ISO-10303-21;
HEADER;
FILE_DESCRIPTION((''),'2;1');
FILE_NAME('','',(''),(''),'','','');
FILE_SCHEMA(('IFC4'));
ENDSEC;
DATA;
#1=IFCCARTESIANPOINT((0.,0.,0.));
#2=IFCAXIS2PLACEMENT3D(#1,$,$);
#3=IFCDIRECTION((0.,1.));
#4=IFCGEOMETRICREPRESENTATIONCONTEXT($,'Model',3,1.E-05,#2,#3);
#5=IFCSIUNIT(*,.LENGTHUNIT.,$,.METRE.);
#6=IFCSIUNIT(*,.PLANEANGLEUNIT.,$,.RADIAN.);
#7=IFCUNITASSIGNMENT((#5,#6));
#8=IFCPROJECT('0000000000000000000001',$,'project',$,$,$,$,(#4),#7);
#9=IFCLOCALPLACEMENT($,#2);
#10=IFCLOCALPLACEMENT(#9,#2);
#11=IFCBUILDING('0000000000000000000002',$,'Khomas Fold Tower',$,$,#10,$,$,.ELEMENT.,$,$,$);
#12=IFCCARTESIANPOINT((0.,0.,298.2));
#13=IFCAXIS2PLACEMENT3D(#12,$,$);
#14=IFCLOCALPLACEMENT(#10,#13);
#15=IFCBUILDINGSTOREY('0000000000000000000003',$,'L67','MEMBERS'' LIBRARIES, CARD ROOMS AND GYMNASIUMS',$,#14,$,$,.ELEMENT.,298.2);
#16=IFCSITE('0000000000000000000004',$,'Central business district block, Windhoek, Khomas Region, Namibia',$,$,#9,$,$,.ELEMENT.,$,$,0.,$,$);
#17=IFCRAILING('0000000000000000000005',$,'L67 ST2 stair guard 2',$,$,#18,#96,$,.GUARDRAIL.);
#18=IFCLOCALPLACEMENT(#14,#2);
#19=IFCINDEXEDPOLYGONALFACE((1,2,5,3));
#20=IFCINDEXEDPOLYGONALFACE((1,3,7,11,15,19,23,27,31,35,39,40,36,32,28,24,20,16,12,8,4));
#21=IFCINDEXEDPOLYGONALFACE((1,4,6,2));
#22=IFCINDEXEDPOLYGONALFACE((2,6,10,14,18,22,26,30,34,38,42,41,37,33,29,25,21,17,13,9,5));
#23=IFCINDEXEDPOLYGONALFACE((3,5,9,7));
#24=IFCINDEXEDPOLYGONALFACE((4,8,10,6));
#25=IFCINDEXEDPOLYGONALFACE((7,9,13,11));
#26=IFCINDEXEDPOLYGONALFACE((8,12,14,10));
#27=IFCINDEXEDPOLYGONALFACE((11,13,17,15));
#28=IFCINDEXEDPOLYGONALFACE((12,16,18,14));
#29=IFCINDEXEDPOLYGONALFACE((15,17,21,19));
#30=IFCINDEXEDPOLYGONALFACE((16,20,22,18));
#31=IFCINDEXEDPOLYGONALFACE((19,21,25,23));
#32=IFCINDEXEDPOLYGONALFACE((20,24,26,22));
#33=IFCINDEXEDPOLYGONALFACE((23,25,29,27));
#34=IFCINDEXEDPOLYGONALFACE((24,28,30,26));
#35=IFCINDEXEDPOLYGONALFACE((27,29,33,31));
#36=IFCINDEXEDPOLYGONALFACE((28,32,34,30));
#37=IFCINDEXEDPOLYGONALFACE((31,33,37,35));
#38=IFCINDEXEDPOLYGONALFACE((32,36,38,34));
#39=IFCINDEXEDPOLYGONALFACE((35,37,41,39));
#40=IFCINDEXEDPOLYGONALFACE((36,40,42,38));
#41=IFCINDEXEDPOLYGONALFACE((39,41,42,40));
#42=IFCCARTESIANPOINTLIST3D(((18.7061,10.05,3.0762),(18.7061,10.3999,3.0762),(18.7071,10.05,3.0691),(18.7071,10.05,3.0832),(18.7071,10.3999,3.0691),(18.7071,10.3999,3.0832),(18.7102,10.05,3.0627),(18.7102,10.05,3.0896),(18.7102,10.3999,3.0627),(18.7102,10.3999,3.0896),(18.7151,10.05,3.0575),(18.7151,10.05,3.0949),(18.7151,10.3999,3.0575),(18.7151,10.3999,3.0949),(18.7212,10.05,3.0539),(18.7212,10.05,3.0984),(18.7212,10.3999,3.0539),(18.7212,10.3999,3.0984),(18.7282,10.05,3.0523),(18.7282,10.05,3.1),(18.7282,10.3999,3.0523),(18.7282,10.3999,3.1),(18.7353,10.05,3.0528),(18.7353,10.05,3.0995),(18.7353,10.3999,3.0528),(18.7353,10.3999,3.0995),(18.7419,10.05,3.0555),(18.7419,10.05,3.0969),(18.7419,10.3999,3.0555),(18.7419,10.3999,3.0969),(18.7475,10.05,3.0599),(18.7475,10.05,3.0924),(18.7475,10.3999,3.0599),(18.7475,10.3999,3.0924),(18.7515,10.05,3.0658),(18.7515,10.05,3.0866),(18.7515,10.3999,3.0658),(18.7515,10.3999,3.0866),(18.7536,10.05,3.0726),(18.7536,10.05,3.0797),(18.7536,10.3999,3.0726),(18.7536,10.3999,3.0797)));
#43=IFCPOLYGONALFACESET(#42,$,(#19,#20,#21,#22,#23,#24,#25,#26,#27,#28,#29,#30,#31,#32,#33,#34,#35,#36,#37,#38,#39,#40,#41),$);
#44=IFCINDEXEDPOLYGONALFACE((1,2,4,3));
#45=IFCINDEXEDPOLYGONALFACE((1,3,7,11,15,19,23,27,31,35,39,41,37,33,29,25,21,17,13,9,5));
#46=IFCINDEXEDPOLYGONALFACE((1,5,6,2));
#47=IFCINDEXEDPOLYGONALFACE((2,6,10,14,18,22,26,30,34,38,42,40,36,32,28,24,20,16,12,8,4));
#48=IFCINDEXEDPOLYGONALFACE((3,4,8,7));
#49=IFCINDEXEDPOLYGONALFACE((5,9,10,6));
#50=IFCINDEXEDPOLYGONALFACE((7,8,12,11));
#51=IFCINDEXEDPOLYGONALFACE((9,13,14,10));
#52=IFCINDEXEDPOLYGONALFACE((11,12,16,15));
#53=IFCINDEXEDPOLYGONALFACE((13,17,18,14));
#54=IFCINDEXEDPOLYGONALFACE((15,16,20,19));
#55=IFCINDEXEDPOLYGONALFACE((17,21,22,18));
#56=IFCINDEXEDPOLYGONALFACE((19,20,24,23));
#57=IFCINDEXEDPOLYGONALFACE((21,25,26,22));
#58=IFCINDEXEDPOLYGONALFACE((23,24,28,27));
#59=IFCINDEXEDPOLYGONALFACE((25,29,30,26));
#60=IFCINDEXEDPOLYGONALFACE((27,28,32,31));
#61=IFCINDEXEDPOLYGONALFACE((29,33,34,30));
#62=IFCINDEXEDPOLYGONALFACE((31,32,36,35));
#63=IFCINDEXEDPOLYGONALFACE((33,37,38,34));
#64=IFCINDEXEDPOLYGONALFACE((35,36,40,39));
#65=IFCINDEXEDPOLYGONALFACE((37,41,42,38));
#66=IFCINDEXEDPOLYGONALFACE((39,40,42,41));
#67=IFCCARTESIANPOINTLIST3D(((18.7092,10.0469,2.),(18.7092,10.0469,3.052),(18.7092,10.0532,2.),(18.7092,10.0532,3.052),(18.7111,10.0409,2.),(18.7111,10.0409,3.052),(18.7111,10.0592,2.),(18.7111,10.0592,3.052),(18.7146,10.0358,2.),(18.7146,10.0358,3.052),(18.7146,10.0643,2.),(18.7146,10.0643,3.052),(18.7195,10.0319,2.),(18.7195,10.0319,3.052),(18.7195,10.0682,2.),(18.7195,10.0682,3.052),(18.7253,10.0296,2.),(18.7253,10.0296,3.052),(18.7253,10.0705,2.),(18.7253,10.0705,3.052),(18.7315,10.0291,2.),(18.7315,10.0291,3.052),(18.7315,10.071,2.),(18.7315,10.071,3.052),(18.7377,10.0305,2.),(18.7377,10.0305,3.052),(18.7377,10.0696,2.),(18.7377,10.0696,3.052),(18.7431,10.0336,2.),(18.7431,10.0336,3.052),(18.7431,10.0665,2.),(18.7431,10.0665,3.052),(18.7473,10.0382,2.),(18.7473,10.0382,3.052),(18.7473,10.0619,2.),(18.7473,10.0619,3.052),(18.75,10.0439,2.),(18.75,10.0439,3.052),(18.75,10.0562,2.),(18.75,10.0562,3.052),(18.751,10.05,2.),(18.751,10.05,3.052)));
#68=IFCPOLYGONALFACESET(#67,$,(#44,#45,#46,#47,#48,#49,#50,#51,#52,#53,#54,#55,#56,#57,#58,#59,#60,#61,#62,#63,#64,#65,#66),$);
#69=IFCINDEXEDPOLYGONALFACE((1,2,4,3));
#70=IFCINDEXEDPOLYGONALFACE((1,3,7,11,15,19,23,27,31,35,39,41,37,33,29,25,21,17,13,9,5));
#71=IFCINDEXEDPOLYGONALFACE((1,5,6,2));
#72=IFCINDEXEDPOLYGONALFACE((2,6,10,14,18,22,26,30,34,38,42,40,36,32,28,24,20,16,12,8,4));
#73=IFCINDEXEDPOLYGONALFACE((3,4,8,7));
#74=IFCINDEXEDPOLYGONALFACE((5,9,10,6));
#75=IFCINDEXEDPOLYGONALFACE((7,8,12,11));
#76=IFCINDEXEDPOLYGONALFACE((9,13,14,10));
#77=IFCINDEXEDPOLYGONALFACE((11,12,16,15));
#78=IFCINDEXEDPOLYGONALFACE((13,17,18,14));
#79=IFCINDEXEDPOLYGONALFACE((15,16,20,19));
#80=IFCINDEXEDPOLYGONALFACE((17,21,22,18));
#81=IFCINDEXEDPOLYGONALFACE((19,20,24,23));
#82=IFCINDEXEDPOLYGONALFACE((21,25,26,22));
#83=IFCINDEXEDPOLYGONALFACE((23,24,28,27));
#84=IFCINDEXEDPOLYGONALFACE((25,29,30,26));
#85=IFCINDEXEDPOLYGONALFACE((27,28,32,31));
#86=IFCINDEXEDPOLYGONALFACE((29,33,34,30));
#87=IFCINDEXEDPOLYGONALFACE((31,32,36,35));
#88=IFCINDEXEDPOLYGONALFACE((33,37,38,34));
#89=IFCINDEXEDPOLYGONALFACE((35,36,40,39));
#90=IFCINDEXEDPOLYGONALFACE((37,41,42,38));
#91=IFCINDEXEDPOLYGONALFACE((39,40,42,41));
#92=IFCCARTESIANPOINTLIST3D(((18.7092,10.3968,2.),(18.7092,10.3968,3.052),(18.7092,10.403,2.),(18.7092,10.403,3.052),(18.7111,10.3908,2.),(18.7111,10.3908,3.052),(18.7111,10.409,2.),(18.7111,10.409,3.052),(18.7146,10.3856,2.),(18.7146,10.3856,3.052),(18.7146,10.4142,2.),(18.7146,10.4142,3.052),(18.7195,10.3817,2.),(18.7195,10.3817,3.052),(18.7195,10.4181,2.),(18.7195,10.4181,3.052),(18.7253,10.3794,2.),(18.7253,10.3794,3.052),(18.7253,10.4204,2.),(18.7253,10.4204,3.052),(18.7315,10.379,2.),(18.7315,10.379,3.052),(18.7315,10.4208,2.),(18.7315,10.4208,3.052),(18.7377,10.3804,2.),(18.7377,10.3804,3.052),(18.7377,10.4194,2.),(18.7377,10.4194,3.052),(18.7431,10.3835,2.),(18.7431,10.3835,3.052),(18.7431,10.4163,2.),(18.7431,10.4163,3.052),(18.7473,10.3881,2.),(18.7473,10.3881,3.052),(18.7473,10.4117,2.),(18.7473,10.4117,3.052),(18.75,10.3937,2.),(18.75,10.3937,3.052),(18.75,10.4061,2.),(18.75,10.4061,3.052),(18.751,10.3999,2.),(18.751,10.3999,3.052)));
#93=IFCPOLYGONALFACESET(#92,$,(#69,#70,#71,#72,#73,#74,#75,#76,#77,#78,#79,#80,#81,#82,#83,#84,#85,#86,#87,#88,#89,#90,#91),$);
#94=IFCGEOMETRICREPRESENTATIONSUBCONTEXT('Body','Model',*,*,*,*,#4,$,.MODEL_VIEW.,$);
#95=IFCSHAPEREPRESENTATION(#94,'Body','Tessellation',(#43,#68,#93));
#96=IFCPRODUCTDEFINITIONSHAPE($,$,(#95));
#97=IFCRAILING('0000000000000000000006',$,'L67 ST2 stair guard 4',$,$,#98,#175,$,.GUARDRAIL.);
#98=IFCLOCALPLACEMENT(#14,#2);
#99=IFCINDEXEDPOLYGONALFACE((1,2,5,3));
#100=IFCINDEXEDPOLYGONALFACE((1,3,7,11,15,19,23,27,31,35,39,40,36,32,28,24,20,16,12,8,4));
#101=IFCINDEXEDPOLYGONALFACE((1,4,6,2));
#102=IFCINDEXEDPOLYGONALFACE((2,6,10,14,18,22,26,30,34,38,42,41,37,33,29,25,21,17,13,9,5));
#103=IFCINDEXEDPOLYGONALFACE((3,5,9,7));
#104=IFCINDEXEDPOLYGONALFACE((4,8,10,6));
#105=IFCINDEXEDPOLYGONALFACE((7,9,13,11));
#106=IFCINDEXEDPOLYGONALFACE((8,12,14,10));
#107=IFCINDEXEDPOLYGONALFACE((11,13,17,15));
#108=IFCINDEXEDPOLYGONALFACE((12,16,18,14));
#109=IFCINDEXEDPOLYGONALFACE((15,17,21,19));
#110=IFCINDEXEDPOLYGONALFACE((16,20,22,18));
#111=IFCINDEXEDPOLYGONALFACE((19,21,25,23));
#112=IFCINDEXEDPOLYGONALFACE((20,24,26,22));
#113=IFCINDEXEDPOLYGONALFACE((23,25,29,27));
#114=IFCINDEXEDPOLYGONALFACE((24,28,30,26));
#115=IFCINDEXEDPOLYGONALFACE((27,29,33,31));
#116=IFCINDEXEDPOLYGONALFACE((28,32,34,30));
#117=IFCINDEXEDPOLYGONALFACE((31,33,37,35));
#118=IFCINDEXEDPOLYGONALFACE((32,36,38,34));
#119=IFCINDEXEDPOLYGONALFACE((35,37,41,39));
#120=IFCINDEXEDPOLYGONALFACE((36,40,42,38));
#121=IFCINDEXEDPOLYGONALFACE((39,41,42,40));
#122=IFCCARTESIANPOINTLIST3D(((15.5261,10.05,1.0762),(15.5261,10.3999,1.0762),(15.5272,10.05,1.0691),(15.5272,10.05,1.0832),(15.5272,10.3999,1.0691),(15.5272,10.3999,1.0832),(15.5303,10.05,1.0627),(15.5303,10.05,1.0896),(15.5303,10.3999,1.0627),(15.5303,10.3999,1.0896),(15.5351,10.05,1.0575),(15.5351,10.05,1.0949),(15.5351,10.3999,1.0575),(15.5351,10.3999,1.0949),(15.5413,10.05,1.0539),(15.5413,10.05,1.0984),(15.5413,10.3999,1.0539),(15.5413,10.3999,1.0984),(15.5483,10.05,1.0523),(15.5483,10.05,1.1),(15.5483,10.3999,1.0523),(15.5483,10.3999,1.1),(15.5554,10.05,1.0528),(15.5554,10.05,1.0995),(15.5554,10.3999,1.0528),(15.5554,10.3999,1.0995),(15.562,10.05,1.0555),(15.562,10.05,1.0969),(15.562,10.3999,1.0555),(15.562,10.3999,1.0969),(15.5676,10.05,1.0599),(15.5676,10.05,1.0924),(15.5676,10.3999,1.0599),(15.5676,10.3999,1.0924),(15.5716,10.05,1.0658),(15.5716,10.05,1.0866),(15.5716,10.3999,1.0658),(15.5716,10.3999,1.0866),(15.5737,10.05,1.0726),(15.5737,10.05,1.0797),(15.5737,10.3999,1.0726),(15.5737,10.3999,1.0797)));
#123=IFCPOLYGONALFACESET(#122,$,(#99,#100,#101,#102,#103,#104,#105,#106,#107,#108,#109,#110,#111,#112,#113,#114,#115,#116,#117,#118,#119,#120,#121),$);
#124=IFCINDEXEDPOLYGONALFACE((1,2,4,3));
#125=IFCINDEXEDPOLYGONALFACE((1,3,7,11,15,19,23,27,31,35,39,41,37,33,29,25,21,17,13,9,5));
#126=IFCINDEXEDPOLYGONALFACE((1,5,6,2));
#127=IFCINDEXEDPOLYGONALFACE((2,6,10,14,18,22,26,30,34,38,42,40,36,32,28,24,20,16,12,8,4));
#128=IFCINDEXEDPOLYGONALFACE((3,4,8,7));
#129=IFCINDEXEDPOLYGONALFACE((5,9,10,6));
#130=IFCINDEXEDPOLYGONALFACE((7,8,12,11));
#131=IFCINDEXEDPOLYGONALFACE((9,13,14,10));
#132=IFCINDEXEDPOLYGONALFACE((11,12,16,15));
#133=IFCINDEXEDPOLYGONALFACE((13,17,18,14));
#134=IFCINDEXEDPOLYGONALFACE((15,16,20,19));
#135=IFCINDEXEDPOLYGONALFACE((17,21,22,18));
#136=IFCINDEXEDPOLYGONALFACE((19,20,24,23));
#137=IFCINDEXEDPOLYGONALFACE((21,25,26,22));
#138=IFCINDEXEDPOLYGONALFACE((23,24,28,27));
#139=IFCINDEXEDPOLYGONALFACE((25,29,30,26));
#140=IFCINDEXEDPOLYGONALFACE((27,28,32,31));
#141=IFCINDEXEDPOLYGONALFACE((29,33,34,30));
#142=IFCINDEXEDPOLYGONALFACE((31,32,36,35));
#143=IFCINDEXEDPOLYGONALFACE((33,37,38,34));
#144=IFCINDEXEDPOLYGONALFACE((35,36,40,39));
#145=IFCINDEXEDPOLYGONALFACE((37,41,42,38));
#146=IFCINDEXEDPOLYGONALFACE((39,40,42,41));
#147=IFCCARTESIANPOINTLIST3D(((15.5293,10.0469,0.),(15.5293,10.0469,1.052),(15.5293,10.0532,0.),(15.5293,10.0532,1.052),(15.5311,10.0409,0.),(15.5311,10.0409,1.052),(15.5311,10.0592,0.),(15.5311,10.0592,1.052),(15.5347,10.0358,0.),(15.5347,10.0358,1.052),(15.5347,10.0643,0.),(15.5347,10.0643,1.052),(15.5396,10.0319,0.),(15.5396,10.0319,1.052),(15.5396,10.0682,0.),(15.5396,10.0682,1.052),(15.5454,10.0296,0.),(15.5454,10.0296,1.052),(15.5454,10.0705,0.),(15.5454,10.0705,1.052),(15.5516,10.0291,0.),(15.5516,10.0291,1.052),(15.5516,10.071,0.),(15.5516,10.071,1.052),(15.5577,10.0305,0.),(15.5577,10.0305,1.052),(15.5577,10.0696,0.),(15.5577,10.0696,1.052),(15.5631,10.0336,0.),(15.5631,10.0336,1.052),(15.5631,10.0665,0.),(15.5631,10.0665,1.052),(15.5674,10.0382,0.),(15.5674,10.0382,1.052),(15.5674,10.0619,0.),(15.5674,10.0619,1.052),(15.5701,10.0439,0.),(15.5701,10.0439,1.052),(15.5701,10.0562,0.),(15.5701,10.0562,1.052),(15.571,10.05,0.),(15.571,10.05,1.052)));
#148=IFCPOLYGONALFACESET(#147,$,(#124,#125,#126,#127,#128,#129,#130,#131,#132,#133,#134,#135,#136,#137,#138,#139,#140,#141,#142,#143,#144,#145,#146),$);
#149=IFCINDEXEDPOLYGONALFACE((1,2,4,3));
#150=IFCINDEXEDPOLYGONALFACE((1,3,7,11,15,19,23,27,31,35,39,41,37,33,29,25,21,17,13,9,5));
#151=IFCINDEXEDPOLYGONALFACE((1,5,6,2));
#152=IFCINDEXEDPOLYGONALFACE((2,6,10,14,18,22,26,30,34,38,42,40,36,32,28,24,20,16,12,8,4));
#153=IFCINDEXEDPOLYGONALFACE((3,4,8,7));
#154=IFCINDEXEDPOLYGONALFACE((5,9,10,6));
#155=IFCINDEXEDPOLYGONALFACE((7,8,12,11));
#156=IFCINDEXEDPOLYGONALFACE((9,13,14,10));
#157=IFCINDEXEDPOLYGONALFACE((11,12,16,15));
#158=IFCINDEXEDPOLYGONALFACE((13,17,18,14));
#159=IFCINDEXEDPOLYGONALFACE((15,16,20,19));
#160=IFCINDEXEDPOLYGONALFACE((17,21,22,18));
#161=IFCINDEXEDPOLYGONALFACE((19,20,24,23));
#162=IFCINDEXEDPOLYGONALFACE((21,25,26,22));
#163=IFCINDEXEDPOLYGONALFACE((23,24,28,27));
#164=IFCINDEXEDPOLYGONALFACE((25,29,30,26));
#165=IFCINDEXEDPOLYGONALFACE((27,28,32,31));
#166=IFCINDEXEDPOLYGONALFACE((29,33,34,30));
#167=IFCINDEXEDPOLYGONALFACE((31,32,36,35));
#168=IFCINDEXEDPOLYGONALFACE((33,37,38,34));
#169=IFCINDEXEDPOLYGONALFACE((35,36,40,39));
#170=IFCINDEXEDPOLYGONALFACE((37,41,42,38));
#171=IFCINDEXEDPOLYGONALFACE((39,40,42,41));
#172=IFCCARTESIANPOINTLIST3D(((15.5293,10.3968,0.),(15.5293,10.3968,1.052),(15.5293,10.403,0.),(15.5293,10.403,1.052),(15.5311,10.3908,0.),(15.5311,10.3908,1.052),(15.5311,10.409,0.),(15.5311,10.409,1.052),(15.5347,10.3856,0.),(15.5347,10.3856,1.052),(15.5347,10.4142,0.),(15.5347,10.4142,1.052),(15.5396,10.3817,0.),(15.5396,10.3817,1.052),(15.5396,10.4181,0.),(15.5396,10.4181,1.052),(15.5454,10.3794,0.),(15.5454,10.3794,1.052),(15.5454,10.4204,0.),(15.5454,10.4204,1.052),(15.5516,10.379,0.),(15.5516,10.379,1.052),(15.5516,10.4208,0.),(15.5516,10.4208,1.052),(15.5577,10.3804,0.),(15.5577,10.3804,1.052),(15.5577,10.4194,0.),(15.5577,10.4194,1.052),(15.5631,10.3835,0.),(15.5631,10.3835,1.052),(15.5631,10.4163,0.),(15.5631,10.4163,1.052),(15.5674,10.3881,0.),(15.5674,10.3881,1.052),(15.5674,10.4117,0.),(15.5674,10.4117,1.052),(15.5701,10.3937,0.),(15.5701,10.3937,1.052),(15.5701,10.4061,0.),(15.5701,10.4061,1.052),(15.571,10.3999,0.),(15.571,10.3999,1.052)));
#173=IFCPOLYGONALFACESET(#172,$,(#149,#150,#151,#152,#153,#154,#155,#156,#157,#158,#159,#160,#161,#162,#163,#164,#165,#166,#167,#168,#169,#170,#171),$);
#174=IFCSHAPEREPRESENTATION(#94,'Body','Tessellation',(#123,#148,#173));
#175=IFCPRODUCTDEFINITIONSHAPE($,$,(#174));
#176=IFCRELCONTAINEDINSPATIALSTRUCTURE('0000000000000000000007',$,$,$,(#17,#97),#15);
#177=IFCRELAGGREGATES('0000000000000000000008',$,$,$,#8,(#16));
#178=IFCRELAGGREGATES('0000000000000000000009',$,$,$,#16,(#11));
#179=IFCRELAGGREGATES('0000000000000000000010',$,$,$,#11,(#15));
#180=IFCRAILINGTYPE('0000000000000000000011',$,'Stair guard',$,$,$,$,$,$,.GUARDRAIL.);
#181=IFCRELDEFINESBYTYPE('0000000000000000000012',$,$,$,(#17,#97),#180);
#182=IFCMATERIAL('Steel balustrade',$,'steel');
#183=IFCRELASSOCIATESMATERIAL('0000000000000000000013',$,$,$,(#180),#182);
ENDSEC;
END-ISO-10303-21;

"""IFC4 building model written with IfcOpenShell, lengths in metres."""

from ifc_helpers import new_model, si_unit, direction, frame, origin, origin_2d, place, context, subcontext, project, spatial, circle, extrude, source, transform, mapped, material, type_object, element, save


model = new_model("IFC4")

# Units and contexts
model_context = context("Model", 3, precision=1e-05, world=origin(), true_north=direction((0.0, 1.0)))
body_context = subcontext(model_context, "Body", "Model", "MODEL_VIEW")
ifc_project = project(units=[si_unit("LENGTHUNIT", "METRE"), si_unit("PLANEANGLEUNIT", "RADIAN")], contexts=[model_context])

# Site, building, storey
site_placement = place(None, origin())
site = spatial("IfcSite", under=ifc_project, at=site_placement, Name="Central business district block, Windhoek, Khomas Region, Namibia", CompositionType="ELEMENT", RefElevation=0.0)
building_placement = place(site_placement, origin())
building = spatial("IfcBuilding", under=site, at=building_placement, Name="Khomas Fold Tower", CompositionType="ELEMENT")
storey_placement = place(building_placement, frame((0.0, 0.0, 298.2)))
storey = spatial("IfcBuildingStorey", under=building, at=storey_placement, Name="L67", Description="MEMBERS' LIBRARIES, CARD ROOMS AND GYMNASIUMS", CompositionType="ELEMENT", Elevation=298.2)

# Railings
ifc_material_1 = material(Name="Steel balustrade", Category="steel")
railing_type_1 = type_object("IfcRailingType", Name="Stair guard", PredefinedType="GUARDRAIL", material=ifc_material_1)
shared_shape_1 = source(origin(), body_context, "Body", "SweptSolid", [
    extrude(circle(Radius=0.0239, at=origin_2d()), frame((0.0, 0.0, 1.0762), z_axis=(0.0, 1.0, 0.0), x_axis=(-1.0, 0.0, 0.0)), (0.0, 0.0, 1.0), 0.3499),
    extrude(circle(Radius=0.021, at=origin_2d()), origin(), (0.0, 0.0, 1.0), 1.052),
    extrude(circle(Radius=0.021, at=origin_2d()), frame((0.0, 0.3499, 0.0)), (0.0, 0.0, 1.0), 1.052),
])
for number, where, name in (
    (1, (18.73, 10.05, 2.0), "L67 ST2 stair guard 2"),
    (2, (15.55, 10.05, 0.0), "L67 ST2 stair guard 4"),
):
    element("IfcRailing", number, at=place(storey_placement, frame(where)), inside=storey, type_object=railing_type_1, Name=name, PredefinedType="GUARDRAIL", context=body_context, shape_type="MappedRepresentation", body=[
        mapped(shared_shape_1, transform((0.0, 0.0, 0.0))),
    ])

save(model, "model.ifc")
